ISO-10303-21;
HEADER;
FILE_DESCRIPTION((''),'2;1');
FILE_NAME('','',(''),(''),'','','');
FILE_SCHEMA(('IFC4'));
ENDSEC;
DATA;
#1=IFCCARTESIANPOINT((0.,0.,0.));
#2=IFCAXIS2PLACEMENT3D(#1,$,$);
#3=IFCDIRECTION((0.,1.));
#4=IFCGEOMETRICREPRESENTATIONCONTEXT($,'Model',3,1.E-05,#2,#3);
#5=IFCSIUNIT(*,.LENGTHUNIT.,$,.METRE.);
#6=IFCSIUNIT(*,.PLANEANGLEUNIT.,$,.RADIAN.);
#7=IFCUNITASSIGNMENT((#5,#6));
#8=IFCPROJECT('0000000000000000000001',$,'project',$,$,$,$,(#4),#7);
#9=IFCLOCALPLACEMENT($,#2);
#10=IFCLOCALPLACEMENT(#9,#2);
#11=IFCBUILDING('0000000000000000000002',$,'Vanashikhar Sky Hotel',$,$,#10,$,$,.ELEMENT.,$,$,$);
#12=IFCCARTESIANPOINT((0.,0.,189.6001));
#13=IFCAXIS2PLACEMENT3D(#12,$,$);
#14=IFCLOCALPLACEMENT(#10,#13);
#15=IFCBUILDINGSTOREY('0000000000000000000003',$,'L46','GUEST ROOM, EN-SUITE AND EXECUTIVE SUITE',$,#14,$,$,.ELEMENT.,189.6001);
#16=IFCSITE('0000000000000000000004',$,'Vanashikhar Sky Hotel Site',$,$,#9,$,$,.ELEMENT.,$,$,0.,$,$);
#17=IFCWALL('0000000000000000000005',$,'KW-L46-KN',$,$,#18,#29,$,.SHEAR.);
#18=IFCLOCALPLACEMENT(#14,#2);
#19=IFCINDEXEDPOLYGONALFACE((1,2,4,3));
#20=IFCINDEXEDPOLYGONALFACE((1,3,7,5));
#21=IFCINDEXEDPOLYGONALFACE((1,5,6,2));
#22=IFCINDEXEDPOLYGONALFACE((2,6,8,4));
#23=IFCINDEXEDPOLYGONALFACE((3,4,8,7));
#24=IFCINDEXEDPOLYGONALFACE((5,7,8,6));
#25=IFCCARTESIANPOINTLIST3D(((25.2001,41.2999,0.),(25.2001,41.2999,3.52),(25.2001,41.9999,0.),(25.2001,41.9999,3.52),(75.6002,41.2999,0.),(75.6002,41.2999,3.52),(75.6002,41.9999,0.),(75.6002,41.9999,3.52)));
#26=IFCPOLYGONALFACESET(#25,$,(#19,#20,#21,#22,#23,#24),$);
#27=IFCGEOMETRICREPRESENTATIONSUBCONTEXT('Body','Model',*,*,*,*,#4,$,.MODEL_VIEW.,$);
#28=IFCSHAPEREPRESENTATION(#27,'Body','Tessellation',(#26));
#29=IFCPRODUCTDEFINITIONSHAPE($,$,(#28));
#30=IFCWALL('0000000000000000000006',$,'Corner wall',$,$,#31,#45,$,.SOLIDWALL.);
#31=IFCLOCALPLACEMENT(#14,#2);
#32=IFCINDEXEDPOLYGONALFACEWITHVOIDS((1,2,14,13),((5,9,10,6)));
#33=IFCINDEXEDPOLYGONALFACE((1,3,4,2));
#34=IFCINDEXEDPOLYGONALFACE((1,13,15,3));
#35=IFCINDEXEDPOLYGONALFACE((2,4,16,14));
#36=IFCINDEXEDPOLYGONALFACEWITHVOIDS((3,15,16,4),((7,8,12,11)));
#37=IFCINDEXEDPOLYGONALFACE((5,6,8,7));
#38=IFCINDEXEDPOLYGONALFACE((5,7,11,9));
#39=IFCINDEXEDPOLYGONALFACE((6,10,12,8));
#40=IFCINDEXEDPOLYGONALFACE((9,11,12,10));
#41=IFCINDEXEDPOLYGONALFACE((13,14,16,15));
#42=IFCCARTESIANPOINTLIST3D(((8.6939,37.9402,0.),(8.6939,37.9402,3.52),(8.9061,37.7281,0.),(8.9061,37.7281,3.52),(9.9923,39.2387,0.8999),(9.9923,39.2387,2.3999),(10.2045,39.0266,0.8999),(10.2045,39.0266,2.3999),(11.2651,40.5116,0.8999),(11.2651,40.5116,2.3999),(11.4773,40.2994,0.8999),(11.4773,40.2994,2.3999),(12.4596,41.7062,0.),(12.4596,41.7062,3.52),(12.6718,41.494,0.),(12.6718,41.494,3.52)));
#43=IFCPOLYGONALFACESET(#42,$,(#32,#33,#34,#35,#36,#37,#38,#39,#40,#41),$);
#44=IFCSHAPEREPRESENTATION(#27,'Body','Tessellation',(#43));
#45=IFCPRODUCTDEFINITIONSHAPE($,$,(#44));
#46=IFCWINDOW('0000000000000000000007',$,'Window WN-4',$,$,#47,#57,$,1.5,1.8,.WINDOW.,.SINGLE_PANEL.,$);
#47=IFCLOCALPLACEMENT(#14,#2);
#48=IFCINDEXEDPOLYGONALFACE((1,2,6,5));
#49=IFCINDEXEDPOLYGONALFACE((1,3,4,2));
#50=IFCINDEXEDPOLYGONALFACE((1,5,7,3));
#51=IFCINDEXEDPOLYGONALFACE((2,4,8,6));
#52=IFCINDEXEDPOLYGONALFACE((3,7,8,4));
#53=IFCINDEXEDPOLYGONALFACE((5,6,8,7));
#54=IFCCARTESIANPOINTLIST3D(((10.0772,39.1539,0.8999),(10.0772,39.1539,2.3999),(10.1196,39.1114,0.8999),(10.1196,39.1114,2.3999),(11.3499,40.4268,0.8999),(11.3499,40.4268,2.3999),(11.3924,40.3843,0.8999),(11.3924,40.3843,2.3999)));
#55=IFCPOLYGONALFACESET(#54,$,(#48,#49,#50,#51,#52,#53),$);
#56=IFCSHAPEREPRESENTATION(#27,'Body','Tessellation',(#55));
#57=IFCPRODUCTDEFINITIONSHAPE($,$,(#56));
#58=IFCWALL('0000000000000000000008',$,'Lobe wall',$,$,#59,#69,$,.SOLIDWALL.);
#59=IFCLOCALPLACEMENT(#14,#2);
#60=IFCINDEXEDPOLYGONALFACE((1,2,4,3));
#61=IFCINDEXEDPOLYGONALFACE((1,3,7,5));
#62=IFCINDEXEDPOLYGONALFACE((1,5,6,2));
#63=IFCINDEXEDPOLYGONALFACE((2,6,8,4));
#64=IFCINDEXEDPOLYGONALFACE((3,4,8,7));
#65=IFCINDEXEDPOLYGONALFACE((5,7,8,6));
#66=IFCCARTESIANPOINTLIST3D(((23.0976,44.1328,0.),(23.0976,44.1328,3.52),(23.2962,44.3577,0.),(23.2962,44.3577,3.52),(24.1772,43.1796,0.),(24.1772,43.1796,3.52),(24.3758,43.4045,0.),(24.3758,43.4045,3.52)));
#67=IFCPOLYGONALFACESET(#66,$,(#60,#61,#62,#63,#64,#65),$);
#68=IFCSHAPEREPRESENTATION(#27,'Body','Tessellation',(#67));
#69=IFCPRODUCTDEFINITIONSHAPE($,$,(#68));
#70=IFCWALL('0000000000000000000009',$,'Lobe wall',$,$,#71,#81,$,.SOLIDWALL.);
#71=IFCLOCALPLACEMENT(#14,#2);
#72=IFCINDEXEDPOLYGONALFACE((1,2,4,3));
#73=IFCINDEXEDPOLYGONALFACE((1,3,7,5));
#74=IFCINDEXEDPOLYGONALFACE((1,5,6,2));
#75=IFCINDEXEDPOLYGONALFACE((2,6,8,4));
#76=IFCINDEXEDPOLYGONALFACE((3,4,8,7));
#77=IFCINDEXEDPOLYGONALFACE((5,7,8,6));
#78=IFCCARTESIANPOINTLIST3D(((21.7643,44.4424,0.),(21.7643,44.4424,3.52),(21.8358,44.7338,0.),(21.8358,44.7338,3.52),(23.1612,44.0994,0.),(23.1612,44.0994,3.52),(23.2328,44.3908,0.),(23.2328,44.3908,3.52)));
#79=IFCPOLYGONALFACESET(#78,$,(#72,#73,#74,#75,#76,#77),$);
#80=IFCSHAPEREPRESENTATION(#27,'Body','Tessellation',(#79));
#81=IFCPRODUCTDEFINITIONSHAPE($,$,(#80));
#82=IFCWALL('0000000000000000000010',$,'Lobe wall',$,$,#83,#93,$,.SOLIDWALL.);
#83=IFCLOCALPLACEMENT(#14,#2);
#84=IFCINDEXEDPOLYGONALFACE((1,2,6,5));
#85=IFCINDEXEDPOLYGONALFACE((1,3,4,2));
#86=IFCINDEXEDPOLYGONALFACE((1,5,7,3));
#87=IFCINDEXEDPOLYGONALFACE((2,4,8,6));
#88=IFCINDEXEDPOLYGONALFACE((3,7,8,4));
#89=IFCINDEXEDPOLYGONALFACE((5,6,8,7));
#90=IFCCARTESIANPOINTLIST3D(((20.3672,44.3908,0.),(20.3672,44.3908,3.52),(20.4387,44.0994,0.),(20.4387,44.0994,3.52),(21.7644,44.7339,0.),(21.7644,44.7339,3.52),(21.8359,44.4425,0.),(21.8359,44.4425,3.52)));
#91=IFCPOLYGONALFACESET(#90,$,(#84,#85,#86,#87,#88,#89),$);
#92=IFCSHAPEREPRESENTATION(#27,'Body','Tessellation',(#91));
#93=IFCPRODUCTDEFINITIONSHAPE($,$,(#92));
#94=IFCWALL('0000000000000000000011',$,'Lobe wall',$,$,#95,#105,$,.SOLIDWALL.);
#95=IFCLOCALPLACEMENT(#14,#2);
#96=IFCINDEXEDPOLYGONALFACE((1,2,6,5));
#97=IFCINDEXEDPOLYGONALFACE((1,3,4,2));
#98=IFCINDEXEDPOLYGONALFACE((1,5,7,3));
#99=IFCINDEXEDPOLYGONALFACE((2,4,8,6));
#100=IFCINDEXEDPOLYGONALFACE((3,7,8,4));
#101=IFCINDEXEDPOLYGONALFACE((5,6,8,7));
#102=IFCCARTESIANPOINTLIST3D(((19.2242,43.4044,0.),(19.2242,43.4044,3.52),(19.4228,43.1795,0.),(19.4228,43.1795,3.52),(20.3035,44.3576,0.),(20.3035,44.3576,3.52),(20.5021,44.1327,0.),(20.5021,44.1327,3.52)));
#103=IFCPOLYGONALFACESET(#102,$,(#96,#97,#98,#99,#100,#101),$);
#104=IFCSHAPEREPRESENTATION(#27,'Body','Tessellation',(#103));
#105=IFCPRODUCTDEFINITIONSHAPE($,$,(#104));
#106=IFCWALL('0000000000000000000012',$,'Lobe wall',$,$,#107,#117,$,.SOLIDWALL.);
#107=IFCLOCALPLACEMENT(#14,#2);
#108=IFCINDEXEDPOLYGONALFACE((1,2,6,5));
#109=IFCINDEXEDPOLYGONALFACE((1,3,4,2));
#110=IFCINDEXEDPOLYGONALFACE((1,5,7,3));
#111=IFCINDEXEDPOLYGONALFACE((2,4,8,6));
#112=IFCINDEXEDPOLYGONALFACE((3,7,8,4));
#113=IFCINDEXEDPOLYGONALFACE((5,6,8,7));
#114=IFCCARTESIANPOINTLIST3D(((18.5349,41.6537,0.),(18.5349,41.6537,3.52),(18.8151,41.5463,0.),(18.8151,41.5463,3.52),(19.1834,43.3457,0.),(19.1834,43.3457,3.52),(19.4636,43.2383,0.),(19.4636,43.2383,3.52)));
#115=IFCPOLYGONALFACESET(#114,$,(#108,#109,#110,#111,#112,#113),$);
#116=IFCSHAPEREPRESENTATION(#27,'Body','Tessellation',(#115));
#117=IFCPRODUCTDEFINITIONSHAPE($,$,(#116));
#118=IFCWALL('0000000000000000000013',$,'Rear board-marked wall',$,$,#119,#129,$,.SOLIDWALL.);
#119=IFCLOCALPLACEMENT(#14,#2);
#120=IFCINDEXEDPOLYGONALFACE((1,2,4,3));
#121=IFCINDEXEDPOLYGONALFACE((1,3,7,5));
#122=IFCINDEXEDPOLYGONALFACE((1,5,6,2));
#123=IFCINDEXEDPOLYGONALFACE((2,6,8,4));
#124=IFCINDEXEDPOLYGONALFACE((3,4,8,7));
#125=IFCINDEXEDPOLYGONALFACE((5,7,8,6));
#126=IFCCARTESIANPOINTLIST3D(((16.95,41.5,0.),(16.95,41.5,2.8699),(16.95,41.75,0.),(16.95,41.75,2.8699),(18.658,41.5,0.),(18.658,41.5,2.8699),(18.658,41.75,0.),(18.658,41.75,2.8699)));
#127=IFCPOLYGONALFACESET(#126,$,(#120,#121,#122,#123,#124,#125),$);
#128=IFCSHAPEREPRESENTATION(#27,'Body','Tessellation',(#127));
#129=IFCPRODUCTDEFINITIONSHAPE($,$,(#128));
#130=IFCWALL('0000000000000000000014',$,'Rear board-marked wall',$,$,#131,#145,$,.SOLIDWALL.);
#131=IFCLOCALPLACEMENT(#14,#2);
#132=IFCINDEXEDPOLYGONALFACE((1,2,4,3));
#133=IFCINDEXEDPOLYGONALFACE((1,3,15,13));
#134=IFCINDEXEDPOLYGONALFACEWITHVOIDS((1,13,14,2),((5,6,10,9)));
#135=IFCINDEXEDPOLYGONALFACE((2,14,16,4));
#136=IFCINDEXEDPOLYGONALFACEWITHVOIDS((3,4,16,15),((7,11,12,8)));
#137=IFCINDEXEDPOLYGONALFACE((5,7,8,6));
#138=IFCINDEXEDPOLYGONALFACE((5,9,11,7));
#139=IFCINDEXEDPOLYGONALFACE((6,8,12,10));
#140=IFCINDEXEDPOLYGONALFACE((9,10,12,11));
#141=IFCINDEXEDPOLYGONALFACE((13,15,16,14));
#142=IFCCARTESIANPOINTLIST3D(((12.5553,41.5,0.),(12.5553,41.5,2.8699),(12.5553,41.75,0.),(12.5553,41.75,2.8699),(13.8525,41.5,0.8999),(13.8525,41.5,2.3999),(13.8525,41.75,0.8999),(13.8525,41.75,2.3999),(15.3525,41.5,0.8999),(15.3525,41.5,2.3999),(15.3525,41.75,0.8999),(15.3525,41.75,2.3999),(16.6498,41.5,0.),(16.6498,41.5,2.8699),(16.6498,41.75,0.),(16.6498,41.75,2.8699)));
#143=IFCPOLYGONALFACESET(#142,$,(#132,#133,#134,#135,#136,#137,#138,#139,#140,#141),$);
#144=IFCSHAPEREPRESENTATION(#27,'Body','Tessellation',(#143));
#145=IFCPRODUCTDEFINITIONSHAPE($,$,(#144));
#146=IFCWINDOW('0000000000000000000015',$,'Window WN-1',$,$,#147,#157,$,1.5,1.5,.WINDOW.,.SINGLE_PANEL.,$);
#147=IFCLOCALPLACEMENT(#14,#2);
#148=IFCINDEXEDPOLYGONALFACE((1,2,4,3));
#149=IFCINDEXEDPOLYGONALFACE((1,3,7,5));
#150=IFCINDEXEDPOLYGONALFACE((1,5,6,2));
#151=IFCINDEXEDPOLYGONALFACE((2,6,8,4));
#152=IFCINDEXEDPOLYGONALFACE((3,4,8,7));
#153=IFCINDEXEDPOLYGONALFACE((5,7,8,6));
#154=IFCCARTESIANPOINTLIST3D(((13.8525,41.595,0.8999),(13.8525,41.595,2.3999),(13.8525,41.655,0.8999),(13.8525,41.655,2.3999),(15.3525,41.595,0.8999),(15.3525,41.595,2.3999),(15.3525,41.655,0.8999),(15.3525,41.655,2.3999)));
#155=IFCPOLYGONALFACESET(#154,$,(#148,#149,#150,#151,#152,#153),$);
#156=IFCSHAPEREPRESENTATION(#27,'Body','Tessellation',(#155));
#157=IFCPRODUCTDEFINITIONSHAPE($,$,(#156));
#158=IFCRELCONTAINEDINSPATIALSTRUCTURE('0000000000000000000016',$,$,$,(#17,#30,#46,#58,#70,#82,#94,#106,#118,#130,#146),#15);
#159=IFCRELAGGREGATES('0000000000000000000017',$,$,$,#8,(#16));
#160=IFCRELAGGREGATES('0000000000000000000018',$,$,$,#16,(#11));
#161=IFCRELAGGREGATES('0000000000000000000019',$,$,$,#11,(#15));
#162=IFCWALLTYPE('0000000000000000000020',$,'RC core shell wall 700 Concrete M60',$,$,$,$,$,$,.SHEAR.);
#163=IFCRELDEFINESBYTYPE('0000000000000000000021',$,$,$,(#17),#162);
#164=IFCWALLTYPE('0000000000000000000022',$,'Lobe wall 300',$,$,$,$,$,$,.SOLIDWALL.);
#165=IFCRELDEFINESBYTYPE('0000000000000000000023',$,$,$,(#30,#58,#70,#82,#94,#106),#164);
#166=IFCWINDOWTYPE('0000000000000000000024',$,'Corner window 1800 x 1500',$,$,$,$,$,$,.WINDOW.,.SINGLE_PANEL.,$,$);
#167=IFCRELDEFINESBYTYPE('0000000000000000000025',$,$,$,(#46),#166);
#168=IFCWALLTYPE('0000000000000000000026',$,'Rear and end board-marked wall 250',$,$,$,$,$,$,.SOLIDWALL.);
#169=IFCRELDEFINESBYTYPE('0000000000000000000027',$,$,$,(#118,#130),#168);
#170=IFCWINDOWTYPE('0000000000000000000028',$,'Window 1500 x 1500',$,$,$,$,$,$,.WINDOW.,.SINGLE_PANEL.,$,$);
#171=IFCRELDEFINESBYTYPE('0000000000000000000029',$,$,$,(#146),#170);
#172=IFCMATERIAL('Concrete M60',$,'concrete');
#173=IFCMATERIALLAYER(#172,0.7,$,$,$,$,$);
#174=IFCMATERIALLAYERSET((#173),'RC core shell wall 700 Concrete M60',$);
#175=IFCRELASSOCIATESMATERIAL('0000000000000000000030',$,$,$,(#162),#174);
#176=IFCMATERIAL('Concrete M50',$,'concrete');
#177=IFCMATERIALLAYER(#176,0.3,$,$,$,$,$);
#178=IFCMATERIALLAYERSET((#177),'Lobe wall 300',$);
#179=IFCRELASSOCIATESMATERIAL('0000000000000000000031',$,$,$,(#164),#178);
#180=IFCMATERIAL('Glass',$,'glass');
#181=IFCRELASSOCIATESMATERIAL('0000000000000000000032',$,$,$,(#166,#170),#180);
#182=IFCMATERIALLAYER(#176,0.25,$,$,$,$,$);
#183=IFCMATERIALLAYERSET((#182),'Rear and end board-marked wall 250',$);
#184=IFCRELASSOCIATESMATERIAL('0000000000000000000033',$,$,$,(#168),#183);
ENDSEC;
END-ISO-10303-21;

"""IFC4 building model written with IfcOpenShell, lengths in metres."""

from ifc_helpers import new_model, si_unit, direction, frame, frame_2d, origin, place, context, subcontext, project, spatial, rectangle, extrude, source, transform, mapped, material, layer, layer_set, type_object, element, fill, save


model = new_model("IFC4")

# Units and contexts
model_context = context("Model", 3, precision=1e-05, world=origin(), true_north=direction((0.0, 1.0)))
body_context = subcontext(model_context, "Body", "Model", "MODEL_VIEW")
ifc_project = project(units=[si_unit("LENGTHUNIT", "METRE"), si_unit("PLANEANGLEUNIT", "RADIAN")], contexts=[model_context])

# Site, building, storey
site_placement = place(None, origin())
site = spatial("IfcSite", under=ifc_project, at=site_placement, Name="Vanashikhar Sky Hotel Site", CompositionType="ELEMENT", RefElevation=0.0)
building_placement = place(site_placement, origin())
building = spatial("IfcBuilding", under=site, at=building_placement, Name="Vanashikhar Sky Hotel", CompositionType="ELEMENT")
storey_placement = place(building_placement, frame((0.0, 0.0, 189.6001)))
storey = spatial("IfcBuildingStorey", under=building, at=storey_placement, Name="L46", Description="GUEST ROOM, EN-SUITE AND EXECUTIVE SUITE", CompositionType="ELEMENT", Elevation=189.6001)

# Wall
ifc_material_1 = material(Name="Concrete M60", Category="concrete")
ifc_layer_1 = layer(ifc_material_1, 0.7)
ifc_layer_set_1 = layer_set([ifc_layer_1], Name="RC core shell wall 700 Concrete M60")
wall_type_1 = type_object("IfcWallType", Name="RC core shell wall 700 Concrete M60", PredefinedType="SHEAR", material=ifc_layer_set_1)
shared_shape_1 = source(origin(), body_context, "Body", "SweptSolid", [
    extrude(rectangle(XDim=50.4001, YDim=0.7, at=frame_2d((25.2002, 0.0))), origin(), (0.0, 0.0, 1.0), 3.52),
])
wall_1_placement = place(storey_placement, frame((25.2, 41.6499, 0.0), z_axis=(0.0, 0.0, 1.0), x_axis=(1.0, 0.0, 0.0)))
element("IfcWall", 1, at=wall_1_placement, inside=storey, type_object=wall_type_1, Name="KW-L46-KN", PredefinedType="SHEAR", context=body_context, shape_type="MappedRepresentation", body=[
    mapped(shared_shape_1, transform((0.0, 0.0, 0.0), scale=1.0)),
])

# Wall, opening, window
ifc_material_2 = material(Name="Concrete M50", Category="concrete")
ifc_layer_2 = layer(ifc_material_2, 0.3)
ifc_layer_set_2 = layer_set([ifc_layer_2], Name="Lobe wall 300")
wall_type_2 = type_object("IfcWallType", Name="Lobe wall 300", PredefinedType="SOLIDWALL", material=ifc_layer_set_2)
shared_shape_2 = source(origin(), body_context, "Body", "SweptSolid", [
    extrude(rectangle(XDim=5.3257, YDim=0.3, at=frame_2d((2.6628, 0.0))), origin(), (0.0, 0.0, 1.0), 3.52),
])
wall_2_placement = place(storey_placement, frame((12.5657, 41.6001, 0.0), z_axis=(0.0, 0.0, 1.0), x_axis=(-0.707084, -0.70713, 0.0)))
wall_2 = element("IfcWall", 2, at=wall_2_placement, inside=storey, type_object=wall_type_2, Name="Corner wall", PredefinedType="SOLIDWALL", context=body_context, shape_type="MappedRepresentation", body=[
    mapped(shared_shape_2, transform((0.0, 0.0, 0.0), scale=1.0)),
])
shared_shape_3 = source(origin(), body_context, "Body", "SweptSolid", [
    extrude(rectangle(XDim=1.8, YDim=1.5, at=frame_2d((0.8999, 0.75))), frame((0.0, 0.1602, 0.0), z_axis=(0.0, -1.0, 0.0), x_axis=(1.0, 0.0, 0.0)), (0.0, 0.0, 1.0), 0.3201),
])
opening_1_placement = place(wall_2_placement, frame((1.6895, 0.0, 0.8999)))
opening_1 = element("IfcOpeningElement", 3, at=opening_1_placement, cuts=wall_2, PredefinedType="OPENING", context=body_context, shape_type="MappedRepresentation", body=[
    mapped(shared_shape_3, transform((0.0, 0.0, 0.0), scale=1.0)),
])
ifc_material_3 = material(Name="Glass", Category="glass")
window_type_1 = type_object("IfcWindowType", Name="Corner window 1800 x 1500", PartitioningType="SINGLE_PANEL", PredefinedType="WINDOW", material=ifc_material_3)
shared_shape_4 = source(origin(), body_context, "Body", "SweptSolid", [
    extrude(rectangle(XDim=1.8, YDim=1.5, at=frame_2d((0.8999, 0.75))), frame((0.0, 0.03, 0.0), z_axis=(0.0, -1.0, 0.0), x_axis=(1.0, 0.0, 0.0)), (0.0, 0.0, 1.0), 0.0601),
])
window_1_placement = place(opening_1_placement, origin())
window_1 = element("IfcWindow", 4, at=window_1_placement, inside=storey, type_object=window_type_1, Name="Window WN-4", OverallHeight=1.5, OverallWidth=1.8, PartitioningType="SINGLE_PANEL", PredefinedType="WINDOW", context=body_context, shape_type="MappedRepresentation", body=[
    mapped(shared_shape_4, transform((0.0, 0.0, 0.0), scale=1.0)),
])
fill(opening_1, window_1)

# Walls
shared_shape_5 = source(origin(), body_context, "Body", "SweptSolid", [
    extrude(rectangle(XDim=1.4402, YDim=0.3, at=frame_2d((0.7202, 0.0))), origin(), (0.0, 0.0, 1.0), 3.52),
])
wall_3_placement = place(storey_placement, frame((24.2766, 43.292, 0.0), z_axis=(0.0, 0.0, 1.0), x_axis=(-0.74965, 0.661835, 0.0)))
element("IfcWall", 5, at=wall_3_placement, inside=storey, type_object=wall_type_2, Name="Lobe wall", PredefinedType="SOLIDWALL", context=body_context, shape_type="MappedRepresentation", body=[
    mapped(shared_shape_5, transform((0.0, 0.0, 0.0), scale=1.0)),
])
shared_shape_6 = source(origin(), body_context, "Body", "SweptSolid", [
    extrude(rectangle(XDim=1.4385, YDim=0.3, at=frame_2d((0.7192, 0.0))), origin(), (0.0, 0.0, 1.0), 3.52),
])
wall_4_placement = place(storey_placement, frame((23.197, 44.2451, 0.0), z_axis=(0.0, 0.0, 1.0), x_axis=(-0.971152, 0.23846, 0.0)))
element("IfcWall", 6, at=wall_4_placement, inside=storey, type_object=wall_type_2, Name="Lobe wall", PredefinedType="SOLIDWALL", context=body_context, shape_type="MappedRepresentation", body=[
    mapped(shared_shape_6, transform((0.0, 0.0, 0.0), scale=1.0)),
])
shared_shape_7 = source(origin(), body_context, "Body", "SweptSolid", [
    extrude(rectangle(XDim=1.4387, YDim=0.3, at=frame_2d((0.7192, 0.0))), origin(), (0.0, 0.0, 1.0), 3.52),
])
wall_5_placement = place(storey_placement, frame((21.8, 44.5881, 0.0), z_axis=(0.0, 0.0, 1.0), x_axis=(-0.971162, -0.238421, 0.0)))
element("IfcWall", 7, at=wall_5_placement, inside=storey, type_object=wall_type_2, Name="Lobe wall", PredefinedType="SOLIDWALL", context=body_context, shape_type="MappedRepresentation", body=[
    mapped(shared_shape_7, transform((0.0, 0.0, 0.0), scale=1.0)),
])
shared_shape_8 = source(origin(), body_context, "Body", "SweptSolid", [
    extrude(rectangle(XDim=1.4399, YDim=0.3, at=frame_2d((0.72, 0.0))), origin(), (0.0, 0.0, 1.0), 3.52),
])
wall_6_placement = place(storey_placement, frame((20.4028, 44.2451, 0.0), z_axis=(0.0, 0.0, 1.0), x_axis=(-0.749576, -0.661919, 0.0)))
element("IfcWall", 8, at=wall_6_placement, inside=storey, type_object=wall_type_2, Name="Lobe wall", PredefinedType="SOLIDWALL", context=body_context, shape_type="MappedRepresentation", body=[
    mapped(shared_shape_8, transform((0.0, 0.0, 0.0), scale=1.0)),
])
shared_shape_9 = source(origin(), body_context, "Body", "SweptSolid", [
    extrude(rectangle(XDim=1.812, YDim=0.3, at=frame_2d((0.906, 0.0))), origin(), (0.0, 0.0, 1.0), 3.52),
])
wall_7_placement = place(storey_placement, frame((19.3235, 43.292, 0.0), z_axis=(0.0, 0.0, 1.0), x_axis=(-0.357877, -0.933769, 0.0)))
element("IfcWall", 9, at=wall_7_placement, inside=storey, type_object=wall_type_2, Name="Lobe wall", PredefinedType="SOLIDWALL", context=body_context, shape_type="MappedRepresentation", body=[
    mapped(shared_shape_9, transform((0.0, 0.0, 0.0), scale=1.0)),
])
ifc_layer_3 = layer(ifc_material_2, 0.25)
ifc_layer_set_3 = layer_set([ifc_layer_3], Name="Rear and end board-marked wall 250")
wall_type_3 = type_object("IfcWallType", Name="Rear and end board-marked wall 250", PredefinedType="SOLIDWALL", material=ifc_layer_set_3)
shared_shape_10 = source(origin(), body_context, "Body", "SweptSolid", [
    extrude(rectangle(XDim=1.708, YDim=0.25, at=frame_2d((0.854, 0.0))), origin(), (0.0, 0.0, 1.0), 2.8699),
])
wall_8_placement = place(storey_placement, frame((18.658, 41.625, 0.0), z_axis=(0.0, 0.0, 1.0), x_axis=(-1.0, 0.0, 0.0)))
element("IfcWall", 10, at=wall_8_placement, inside=storey, type_object=wall_type_3, Name="Rear board-marked wall", PredefinedType="SOLIDWALL", context=body_context, shape_type="MappedRepresentation", body=[
    mapped(shared_shape_10, transform((0.0, 0.0, 0.0), scale=1.0)),
])

# Wall, opening, window
shared_shape_11 = source(origin(), body_context, "Body", "SweptSolid", [
    extrude(rectangle(XDim=4.0945, YDim=0.25, at=frame_2d((2.0474, 0.0))), origin(), (0.0, 0.0, 1.0), 2.8699),
])
wall_9_placement = place(storey_placement, frame((16.6499, 41.625, 0.0), z_axis=(0.0, 0.0, 1.0), x_axis=(-1.0, 0.0, 0.0)))
wall_9 = element("IfcWall", 11, at=wall_9_placement, inside=storey, type_object=wall_type_3, Name="Rear board-marked wall", PredefinedType="SOLIDWALL", context=body_context, shape_type="MappedRepresentation", body=[
    mapped(shared_shape_11, transform((0.0, 0.0, 0.0), scale=1.0)),
])
shared_shape_12 = source(origin(), body_context, "Body", "SweptSolid", [
    extrude(rectangle(XDim=1.5, YDim=1.5, at=frame_2d((0.75, 0.75))), frame((0.0, 0.135, 0.0), z_axis=(0.0, -1.0, 0.0), x_axis=(1.0, 0.0, 0.0)), (0.0, 0.0, 1.0), 0.27),
])
opening_2_placement = place(wall_9_placement, frame((1.2974, 0.0, 0.8999)))
opening_2 = element("IfcOpeningElement", 12, at=opening_2_placement, cuts=wall_9, PredefinedType="OPENING", context=body_context, shape_type="MappedRepresentation", body=[
    mapped(shared_shape_12, transform((0.0, 0.0, 0.0), scale=1.0)),
])
window_type_2 = type_object("IfcWindowType", Name="Window 1500 x 1500", PartitioningType="SINGLE_PANEL", PredefinedType="WINDOW", material=ifc_material_3)
shared_shape_13 = source(origin(), body_context, "Body", "SweptSolid", [
    extrude(rectangle(XDim=1.5, YDim=1.5, at=frame_2d((0.75, 0.75))), frame((0.0, 0.03, 0.0), z_axis=(0.0, -1.0, 0.0), x_axis=(1.0, 0.0, 0.0)), (0.0, 0.0, 1.0), 0.0601),
])
window_2_placement = place(opening_2_placement, origin())
window_2 = element("IfcWindow", 13, at=window_2_placement, inside=storey, type_object=window_type_2, Name="Window WN-1", OverallHeight=1.5, OverallWidth=1.5, PartitioningType="SINGLE_PANEL", PredefinedType="WINDOW", context=body_context, shape_type="MappedRepresentation", body=[
    mapped(shared_shape_13, transform((0.0, 0.0, 0.0), scale=1.0)),
])
fill(opening_2, window_2)

save(model, "model.ifc")
